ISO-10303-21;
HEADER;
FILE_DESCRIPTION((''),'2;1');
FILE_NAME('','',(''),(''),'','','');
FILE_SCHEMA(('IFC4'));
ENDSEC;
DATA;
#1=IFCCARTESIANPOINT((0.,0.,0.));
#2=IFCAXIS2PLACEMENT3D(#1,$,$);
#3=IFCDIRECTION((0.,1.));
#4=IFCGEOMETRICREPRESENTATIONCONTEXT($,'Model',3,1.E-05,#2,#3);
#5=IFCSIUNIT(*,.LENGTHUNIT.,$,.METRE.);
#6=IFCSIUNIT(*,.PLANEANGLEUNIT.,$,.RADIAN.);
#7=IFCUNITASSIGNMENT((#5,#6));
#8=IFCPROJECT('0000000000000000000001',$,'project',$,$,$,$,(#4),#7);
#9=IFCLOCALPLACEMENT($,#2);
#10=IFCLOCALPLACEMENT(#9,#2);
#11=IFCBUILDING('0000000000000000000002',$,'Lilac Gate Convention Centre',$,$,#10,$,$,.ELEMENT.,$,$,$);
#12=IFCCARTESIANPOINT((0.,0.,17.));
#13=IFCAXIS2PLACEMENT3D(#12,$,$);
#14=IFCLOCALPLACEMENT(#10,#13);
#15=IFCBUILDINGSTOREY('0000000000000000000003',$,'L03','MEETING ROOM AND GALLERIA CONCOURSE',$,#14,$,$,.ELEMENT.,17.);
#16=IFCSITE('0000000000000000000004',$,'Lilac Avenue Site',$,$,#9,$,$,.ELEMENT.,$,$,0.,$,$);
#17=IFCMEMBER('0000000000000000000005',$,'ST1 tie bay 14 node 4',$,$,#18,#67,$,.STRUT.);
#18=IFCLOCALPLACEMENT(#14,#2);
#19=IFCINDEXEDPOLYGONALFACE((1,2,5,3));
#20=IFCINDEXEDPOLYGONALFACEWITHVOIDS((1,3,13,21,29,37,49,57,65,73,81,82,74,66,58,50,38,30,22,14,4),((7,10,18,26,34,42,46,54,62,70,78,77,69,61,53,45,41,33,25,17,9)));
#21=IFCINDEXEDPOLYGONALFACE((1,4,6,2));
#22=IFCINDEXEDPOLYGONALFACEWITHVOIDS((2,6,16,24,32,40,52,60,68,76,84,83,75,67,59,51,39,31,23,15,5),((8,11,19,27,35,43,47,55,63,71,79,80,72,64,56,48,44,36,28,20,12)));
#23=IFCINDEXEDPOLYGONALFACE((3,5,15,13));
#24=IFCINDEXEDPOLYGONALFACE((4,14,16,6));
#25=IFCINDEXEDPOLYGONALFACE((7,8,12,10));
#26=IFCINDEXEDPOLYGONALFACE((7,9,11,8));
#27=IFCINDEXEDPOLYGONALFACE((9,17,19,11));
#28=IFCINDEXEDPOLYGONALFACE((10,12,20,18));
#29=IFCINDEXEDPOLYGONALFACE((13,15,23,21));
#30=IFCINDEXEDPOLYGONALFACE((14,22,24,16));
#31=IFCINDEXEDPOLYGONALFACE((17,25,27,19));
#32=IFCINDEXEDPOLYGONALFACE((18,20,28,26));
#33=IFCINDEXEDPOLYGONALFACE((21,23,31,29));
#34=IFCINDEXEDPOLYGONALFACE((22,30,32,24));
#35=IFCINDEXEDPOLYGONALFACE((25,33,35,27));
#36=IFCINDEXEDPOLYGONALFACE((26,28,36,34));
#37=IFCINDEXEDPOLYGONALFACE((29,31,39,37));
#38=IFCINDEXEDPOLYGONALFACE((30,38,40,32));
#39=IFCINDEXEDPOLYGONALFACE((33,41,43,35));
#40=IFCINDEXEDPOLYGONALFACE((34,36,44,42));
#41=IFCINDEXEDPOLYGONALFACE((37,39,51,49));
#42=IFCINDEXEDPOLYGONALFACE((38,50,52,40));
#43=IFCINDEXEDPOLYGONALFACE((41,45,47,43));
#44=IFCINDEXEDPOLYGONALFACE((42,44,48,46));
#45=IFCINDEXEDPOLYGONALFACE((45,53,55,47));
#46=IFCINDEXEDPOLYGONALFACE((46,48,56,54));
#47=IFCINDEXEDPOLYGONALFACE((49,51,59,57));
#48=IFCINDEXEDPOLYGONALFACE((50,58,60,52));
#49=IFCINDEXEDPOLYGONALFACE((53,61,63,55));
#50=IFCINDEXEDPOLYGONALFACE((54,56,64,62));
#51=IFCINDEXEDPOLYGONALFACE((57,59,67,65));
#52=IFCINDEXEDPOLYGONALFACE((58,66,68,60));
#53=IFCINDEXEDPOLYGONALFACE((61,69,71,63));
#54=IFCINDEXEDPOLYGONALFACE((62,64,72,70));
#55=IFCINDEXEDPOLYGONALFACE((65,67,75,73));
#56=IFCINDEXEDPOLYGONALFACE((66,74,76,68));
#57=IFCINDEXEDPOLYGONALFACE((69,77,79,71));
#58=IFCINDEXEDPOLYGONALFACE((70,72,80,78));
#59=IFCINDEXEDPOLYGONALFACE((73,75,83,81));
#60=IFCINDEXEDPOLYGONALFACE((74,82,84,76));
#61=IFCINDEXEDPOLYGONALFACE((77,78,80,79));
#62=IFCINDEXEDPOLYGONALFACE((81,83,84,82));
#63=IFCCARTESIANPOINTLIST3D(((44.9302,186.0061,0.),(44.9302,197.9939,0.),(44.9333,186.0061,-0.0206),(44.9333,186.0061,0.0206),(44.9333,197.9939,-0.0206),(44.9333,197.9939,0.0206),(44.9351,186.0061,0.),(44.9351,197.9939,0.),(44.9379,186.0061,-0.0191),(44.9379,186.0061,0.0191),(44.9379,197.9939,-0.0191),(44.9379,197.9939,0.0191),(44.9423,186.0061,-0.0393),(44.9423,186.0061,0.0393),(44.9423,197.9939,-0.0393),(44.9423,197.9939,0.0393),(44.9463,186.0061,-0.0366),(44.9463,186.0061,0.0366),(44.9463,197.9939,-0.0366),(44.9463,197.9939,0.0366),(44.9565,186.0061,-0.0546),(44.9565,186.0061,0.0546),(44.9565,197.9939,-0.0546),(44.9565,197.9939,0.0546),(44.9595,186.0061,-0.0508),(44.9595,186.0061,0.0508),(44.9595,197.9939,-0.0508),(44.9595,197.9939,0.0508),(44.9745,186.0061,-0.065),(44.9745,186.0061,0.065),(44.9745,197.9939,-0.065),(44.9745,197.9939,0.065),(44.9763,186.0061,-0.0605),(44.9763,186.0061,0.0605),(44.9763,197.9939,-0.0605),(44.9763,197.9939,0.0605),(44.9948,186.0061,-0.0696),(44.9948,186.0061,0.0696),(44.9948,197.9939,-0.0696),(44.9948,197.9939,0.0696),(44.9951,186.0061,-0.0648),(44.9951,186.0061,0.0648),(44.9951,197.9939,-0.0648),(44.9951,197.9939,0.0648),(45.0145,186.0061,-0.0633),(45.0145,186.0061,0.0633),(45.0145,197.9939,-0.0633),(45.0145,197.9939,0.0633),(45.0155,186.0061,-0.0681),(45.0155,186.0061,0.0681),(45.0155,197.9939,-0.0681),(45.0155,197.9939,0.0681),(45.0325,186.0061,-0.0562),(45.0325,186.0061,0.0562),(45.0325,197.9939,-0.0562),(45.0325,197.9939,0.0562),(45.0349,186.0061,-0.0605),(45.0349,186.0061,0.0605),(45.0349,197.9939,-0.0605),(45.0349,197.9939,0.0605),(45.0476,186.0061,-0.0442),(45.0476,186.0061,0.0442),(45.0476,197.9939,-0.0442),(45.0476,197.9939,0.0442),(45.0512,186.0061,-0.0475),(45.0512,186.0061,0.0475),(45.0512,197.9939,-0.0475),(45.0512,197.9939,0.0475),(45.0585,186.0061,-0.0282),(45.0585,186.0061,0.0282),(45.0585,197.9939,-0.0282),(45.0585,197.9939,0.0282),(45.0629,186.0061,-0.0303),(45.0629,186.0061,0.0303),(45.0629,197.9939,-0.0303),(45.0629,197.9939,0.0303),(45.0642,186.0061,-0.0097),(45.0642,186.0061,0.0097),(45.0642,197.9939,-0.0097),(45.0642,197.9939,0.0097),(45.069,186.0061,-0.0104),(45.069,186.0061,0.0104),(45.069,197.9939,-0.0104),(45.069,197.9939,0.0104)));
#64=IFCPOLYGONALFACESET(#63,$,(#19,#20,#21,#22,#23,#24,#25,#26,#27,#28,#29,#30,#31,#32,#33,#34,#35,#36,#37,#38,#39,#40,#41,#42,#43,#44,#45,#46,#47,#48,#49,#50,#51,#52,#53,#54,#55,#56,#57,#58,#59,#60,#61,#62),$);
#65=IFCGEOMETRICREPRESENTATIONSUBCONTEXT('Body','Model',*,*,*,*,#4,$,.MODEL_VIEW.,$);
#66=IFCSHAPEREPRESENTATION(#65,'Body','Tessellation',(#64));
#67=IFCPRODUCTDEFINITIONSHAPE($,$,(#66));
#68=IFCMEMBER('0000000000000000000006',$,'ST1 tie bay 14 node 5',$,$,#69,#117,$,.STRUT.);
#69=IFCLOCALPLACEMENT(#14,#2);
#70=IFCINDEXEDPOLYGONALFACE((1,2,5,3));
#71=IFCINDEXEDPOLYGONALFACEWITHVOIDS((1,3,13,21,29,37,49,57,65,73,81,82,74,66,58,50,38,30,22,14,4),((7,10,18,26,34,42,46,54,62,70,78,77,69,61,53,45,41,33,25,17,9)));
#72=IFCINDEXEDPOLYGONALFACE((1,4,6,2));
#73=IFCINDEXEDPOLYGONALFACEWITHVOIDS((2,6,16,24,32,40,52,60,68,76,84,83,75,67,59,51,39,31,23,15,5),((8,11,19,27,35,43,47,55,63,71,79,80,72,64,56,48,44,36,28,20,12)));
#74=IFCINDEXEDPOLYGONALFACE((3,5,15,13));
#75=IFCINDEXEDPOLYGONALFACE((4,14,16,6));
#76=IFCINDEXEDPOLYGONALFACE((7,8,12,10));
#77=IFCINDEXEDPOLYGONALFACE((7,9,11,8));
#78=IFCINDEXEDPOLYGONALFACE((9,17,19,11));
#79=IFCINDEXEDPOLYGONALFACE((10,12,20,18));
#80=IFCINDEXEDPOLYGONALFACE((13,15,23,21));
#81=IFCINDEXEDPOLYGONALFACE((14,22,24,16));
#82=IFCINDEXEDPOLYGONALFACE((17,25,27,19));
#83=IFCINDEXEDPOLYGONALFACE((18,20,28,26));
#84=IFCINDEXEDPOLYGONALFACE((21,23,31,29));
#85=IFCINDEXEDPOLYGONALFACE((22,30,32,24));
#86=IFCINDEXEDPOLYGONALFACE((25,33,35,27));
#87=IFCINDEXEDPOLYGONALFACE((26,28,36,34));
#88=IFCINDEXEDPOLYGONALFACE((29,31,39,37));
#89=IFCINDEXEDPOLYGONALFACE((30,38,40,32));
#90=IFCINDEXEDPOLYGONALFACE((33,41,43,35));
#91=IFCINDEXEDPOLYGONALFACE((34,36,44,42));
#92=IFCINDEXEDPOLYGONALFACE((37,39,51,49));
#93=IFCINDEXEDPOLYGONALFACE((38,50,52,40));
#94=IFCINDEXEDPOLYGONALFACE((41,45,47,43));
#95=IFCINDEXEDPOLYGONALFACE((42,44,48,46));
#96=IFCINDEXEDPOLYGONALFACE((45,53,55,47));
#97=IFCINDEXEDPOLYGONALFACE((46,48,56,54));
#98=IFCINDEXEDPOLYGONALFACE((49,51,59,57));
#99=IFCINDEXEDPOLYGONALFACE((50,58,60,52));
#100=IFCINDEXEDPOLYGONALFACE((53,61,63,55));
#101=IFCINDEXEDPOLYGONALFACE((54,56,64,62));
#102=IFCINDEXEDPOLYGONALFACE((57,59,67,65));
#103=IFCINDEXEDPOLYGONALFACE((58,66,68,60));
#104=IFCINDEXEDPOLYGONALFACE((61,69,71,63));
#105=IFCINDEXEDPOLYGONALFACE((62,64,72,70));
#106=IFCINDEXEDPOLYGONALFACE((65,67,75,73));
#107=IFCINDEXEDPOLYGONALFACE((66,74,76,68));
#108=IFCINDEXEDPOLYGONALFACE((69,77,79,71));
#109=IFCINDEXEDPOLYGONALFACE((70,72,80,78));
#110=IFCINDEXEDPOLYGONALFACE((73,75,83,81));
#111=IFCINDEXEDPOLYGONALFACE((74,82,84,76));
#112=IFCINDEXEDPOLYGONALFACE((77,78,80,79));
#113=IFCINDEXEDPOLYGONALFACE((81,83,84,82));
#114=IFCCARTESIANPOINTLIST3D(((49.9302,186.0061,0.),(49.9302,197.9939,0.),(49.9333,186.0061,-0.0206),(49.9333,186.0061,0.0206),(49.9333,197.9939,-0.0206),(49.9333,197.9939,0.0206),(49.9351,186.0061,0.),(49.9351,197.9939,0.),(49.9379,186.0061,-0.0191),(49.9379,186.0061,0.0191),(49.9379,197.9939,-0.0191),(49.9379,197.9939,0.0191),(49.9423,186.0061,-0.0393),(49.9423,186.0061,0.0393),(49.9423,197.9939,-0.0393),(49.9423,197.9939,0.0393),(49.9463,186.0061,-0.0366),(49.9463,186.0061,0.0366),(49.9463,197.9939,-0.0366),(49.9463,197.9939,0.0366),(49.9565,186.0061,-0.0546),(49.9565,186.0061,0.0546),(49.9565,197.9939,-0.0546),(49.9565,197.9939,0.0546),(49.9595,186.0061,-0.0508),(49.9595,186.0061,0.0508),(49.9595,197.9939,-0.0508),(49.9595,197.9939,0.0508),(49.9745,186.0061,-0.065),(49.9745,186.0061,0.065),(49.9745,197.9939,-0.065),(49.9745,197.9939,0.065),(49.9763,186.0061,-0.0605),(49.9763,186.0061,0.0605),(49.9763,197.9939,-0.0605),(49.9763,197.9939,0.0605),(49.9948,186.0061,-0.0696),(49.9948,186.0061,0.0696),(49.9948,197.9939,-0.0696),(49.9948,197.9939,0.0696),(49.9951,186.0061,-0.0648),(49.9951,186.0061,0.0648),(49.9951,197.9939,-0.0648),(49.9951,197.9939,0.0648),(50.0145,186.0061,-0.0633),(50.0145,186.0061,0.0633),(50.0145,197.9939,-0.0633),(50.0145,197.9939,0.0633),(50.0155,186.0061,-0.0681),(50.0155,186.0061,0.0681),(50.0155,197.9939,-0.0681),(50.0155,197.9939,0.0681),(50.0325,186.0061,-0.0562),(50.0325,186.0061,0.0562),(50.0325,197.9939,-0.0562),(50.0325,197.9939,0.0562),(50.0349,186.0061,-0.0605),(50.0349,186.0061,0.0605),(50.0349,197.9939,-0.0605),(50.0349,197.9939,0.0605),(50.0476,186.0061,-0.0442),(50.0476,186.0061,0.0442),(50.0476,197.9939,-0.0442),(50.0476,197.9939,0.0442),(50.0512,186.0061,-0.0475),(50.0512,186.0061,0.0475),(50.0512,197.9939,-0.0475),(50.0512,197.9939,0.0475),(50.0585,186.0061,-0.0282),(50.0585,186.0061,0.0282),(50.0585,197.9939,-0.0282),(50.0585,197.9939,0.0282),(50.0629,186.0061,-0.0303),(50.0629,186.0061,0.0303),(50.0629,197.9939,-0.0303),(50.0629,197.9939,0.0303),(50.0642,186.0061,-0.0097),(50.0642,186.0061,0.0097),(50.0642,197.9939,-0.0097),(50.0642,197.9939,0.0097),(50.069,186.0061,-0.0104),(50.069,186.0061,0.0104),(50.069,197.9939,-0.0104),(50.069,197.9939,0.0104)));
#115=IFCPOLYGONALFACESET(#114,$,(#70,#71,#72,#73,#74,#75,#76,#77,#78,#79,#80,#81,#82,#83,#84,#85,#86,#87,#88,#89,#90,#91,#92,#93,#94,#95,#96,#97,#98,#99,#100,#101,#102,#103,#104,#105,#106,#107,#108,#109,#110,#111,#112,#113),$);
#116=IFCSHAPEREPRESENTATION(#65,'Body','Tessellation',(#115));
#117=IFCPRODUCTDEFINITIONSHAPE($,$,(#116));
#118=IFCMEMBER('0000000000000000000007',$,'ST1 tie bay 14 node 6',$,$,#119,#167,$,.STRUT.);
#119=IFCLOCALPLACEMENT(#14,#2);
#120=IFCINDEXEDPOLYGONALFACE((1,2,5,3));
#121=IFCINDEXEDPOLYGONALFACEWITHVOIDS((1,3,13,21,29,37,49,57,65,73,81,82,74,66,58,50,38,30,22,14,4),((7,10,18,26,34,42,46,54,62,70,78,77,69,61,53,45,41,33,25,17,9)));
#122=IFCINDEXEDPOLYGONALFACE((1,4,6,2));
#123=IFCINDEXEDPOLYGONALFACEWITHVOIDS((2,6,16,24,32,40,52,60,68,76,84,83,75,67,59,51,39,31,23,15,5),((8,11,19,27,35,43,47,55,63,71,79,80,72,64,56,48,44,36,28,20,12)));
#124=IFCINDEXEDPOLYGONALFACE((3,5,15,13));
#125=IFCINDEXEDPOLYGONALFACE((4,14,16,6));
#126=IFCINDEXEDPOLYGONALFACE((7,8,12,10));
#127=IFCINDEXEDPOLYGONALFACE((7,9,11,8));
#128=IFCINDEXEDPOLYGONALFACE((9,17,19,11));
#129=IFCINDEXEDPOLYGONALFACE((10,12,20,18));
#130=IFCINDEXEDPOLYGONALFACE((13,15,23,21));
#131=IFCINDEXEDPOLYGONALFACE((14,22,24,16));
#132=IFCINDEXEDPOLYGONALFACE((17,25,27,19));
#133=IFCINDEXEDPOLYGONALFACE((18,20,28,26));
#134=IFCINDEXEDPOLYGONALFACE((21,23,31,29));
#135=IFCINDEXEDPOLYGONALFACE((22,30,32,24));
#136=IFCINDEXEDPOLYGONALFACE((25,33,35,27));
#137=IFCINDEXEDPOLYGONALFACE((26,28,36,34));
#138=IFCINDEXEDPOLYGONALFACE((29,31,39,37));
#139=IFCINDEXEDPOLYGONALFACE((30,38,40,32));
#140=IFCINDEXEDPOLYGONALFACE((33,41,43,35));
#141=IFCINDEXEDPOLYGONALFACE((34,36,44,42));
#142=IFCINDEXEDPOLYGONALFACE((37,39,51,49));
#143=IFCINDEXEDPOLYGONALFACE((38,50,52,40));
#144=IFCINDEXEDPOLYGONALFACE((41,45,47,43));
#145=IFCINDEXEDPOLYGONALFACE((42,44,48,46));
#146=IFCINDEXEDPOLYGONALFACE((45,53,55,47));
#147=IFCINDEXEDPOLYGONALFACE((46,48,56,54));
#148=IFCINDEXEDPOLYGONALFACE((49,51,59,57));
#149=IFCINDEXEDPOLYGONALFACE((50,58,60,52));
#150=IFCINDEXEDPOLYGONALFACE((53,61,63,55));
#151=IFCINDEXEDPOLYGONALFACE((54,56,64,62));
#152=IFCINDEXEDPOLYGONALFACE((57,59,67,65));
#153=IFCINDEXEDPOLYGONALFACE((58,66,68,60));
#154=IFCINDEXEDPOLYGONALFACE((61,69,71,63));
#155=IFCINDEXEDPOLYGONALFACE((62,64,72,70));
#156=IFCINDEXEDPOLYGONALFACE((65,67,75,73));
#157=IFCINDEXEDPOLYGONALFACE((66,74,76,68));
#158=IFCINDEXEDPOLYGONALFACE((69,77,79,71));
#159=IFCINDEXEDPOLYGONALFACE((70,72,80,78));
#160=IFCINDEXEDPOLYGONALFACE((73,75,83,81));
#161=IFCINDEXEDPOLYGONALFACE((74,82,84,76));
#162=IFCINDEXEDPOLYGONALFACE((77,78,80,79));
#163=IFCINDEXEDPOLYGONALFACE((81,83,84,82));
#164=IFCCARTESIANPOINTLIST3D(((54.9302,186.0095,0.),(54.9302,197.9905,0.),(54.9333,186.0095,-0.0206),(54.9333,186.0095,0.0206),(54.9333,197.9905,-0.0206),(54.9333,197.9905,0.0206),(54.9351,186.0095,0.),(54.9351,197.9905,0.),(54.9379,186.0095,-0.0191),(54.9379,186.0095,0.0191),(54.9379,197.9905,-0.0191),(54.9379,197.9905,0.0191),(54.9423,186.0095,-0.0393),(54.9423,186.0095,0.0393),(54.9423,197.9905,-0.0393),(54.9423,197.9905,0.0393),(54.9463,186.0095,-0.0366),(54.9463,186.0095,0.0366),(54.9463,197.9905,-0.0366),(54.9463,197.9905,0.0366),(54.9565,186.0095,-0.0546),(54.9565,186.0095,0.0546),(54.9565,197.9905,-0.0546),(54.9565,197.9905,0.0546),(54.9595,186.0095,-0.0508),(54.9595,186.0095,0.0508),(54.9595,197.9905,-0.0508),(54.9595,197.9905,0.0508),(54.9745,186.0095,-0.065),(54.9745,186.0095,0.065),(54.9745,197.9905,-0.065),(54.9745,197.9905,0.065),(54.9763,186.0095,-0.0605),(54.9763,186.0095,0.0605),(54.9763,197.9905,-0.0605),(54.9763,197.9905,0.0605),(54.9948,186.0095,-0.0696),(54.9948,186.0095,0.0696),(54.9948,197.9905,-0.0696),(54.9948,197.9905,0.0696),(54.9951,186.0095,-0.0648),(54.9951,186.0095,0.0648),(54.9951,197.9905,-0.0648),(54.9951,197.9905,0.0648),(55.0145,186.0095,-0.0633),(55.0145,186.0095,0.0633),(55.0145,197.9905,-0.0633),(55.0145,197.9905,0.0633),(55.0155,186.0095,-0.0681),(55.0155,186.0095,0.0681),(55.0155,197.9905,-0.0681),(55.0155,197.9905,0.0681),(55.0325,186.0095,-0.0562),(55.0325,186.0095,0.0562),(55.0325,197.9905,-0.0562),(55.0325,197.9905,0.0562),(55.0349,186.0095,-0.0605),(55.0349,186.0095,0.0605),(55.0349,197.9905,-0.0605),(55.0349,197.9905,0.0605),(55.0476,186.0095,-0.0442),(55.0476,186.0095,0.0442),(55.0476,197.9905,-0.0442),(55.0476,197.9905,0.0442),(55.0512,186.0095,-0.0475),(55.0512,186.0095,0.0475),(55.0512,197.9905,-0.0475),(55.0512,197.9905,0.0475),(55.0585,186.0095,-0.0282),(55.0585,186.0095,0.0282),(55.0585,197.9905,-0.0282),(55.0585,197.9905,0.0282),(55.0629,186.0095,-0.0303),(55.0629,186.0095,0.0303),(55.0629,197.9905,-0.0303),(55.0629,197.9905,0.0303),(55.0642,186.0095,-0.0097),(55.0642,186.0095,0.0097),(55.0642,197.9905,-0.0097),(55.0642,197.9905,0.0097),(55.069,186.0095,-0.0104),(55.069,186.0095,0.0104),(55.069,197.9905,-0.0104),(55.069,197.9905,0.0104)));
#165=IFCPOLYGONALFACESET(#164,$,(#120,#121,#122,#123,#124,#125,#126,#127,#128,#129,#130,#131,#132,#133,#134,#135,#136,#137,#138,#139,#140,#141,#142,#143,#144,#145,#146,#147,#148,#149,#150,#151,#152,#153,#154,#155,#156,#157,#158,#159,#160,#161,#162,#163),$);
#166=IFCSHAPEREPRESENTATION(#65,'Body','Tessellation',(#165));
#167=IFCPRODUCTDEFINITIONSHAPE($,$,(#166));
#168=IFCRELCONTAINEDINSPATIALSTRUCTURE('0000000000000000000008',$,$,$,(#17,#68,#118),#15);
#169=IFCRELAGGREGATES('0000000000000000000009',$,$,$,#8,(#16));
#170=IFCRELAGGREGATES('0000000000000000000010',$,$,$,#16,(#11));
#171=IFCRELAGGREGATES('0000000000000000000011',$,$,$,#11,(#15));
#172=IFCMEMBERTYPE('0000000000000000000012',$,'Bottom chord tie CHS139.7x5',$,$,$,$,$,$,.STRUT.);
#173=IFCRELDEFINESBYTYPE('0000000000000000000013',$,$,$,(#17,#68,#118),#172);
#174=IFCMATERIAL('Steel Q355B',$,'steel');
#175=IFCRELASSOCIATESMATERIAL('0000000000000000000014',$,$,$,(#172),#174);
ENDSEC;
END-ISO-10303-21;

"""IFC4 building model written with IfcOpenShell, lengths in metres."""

from ifc_helpers import new_model, si_unit, direction, frame, origin, origin_2d, place, context, subcontext, project, spatial, hollow_circle, extrude, material, material_profile, profile_set, type_object, element, save


model = new_model("IFC4")

# Units and contexts
model_context = context("Model", 3, precision=1e-05, world=origin(), true_north=direction((0.0, 1.0)))
body_context = subcontext(model_context, "Body", "Model", "MODEL_VIEW")
ifc_project = project(units=[si_unit("LENGTHUNIT", "METRE"), si_unit("PLANEANGLEUNIT", "RADIAN")], contexts=[model_context])

# Site, building, storey
site_placement = place(None, origin())
site = spatial("IfcSite", under=ifc_project, at=site_placement, Name="Lilac Avenue Site", CompositionType="ELEMENT", RefElevation=0.0)
building_placement = place(site_placement, origin())
building = spatial("IfcBuilding", under=site, at=building_placement, Name="Lilac Gate Convention Centre", CompositionType="ELEMENT")
storey_placement = place(building_placement, frame((0.0, 0.0, 17.0)))
storey = spatial("IfcBuildingStorey", under=building, at=storey_placement, Name="L03", Description="MEETING ROOM AND GALLERIA CONCOURSE", CompositionType="ELEMENT", Elevation=17.0)

# Members
ifc_material = material(Name="Steel Q355B", Category="steel")
ifc_material_profile_1 = material_profile(ifc_material, hollow_circle(Radius=0.0698, WallThickness=0.0049, at=origin_2d()), Name="CHS139.7x5")
ifc_profile_set_1 = profile_set([ifc_material_profile_1], Name="Steel Q355B")
member_type_1 = type_object("IfcMemberType", Name="Bottom chord tie CHS139.7x5", PredefinedType="STRUT", material=ifc_profile_set_1)
for number, where, z_axis, x_axis, name in (
    (1, (45.0, 186.0061, 0.0), (0.0, 1.0, 0.0), (-1.0, 0.0, 0.0), "ST1 tie bay 14 node 4"),
    (2, (50.0, 186.0061, 0.0), (0.0, 1.0, 0.0), (-1.0, 0.0, 0.0), "ST1 tie bay 14 node 5"),
):
    element("IfcMember", number, at=place(storey_placement, frame(where, z_axis=z_axis, x_axis=x_axis)), inside=storey, type_object=member_type_1, Name=name, PredefinedType="STRUT", context=body_context, shape_type="SweptSolid", body=[
        extrude(hollow_circle(Radius=0.0698, WallThickness=0.0049, at=origin_2d()), origin(), (0.0, 0.0, 1.0), 11.9878),
    ])
member_1_placement = place(storey_placement, frame((55.0, 186.0095, 0.0), z_axis=(0.0, 1.0, 0.0), x_axis=(-1.0, 0.0, 0.0)))
element("IfcMember", 3, at=member_1_placement, inside=storey, type_object=member_type_1, Name="ST1 tie bay 14 node 6", PredefinedType="STRUT", context=body_context, shape_type="SweptSolid", body=[
    extrude(hollow_circle(Radius=0.0698, WallThickness=0.0049, at=origin_2d()), origin(), (0.0, 0.0, 1.0), 11.981),
])

save(model, "model.ifc")
